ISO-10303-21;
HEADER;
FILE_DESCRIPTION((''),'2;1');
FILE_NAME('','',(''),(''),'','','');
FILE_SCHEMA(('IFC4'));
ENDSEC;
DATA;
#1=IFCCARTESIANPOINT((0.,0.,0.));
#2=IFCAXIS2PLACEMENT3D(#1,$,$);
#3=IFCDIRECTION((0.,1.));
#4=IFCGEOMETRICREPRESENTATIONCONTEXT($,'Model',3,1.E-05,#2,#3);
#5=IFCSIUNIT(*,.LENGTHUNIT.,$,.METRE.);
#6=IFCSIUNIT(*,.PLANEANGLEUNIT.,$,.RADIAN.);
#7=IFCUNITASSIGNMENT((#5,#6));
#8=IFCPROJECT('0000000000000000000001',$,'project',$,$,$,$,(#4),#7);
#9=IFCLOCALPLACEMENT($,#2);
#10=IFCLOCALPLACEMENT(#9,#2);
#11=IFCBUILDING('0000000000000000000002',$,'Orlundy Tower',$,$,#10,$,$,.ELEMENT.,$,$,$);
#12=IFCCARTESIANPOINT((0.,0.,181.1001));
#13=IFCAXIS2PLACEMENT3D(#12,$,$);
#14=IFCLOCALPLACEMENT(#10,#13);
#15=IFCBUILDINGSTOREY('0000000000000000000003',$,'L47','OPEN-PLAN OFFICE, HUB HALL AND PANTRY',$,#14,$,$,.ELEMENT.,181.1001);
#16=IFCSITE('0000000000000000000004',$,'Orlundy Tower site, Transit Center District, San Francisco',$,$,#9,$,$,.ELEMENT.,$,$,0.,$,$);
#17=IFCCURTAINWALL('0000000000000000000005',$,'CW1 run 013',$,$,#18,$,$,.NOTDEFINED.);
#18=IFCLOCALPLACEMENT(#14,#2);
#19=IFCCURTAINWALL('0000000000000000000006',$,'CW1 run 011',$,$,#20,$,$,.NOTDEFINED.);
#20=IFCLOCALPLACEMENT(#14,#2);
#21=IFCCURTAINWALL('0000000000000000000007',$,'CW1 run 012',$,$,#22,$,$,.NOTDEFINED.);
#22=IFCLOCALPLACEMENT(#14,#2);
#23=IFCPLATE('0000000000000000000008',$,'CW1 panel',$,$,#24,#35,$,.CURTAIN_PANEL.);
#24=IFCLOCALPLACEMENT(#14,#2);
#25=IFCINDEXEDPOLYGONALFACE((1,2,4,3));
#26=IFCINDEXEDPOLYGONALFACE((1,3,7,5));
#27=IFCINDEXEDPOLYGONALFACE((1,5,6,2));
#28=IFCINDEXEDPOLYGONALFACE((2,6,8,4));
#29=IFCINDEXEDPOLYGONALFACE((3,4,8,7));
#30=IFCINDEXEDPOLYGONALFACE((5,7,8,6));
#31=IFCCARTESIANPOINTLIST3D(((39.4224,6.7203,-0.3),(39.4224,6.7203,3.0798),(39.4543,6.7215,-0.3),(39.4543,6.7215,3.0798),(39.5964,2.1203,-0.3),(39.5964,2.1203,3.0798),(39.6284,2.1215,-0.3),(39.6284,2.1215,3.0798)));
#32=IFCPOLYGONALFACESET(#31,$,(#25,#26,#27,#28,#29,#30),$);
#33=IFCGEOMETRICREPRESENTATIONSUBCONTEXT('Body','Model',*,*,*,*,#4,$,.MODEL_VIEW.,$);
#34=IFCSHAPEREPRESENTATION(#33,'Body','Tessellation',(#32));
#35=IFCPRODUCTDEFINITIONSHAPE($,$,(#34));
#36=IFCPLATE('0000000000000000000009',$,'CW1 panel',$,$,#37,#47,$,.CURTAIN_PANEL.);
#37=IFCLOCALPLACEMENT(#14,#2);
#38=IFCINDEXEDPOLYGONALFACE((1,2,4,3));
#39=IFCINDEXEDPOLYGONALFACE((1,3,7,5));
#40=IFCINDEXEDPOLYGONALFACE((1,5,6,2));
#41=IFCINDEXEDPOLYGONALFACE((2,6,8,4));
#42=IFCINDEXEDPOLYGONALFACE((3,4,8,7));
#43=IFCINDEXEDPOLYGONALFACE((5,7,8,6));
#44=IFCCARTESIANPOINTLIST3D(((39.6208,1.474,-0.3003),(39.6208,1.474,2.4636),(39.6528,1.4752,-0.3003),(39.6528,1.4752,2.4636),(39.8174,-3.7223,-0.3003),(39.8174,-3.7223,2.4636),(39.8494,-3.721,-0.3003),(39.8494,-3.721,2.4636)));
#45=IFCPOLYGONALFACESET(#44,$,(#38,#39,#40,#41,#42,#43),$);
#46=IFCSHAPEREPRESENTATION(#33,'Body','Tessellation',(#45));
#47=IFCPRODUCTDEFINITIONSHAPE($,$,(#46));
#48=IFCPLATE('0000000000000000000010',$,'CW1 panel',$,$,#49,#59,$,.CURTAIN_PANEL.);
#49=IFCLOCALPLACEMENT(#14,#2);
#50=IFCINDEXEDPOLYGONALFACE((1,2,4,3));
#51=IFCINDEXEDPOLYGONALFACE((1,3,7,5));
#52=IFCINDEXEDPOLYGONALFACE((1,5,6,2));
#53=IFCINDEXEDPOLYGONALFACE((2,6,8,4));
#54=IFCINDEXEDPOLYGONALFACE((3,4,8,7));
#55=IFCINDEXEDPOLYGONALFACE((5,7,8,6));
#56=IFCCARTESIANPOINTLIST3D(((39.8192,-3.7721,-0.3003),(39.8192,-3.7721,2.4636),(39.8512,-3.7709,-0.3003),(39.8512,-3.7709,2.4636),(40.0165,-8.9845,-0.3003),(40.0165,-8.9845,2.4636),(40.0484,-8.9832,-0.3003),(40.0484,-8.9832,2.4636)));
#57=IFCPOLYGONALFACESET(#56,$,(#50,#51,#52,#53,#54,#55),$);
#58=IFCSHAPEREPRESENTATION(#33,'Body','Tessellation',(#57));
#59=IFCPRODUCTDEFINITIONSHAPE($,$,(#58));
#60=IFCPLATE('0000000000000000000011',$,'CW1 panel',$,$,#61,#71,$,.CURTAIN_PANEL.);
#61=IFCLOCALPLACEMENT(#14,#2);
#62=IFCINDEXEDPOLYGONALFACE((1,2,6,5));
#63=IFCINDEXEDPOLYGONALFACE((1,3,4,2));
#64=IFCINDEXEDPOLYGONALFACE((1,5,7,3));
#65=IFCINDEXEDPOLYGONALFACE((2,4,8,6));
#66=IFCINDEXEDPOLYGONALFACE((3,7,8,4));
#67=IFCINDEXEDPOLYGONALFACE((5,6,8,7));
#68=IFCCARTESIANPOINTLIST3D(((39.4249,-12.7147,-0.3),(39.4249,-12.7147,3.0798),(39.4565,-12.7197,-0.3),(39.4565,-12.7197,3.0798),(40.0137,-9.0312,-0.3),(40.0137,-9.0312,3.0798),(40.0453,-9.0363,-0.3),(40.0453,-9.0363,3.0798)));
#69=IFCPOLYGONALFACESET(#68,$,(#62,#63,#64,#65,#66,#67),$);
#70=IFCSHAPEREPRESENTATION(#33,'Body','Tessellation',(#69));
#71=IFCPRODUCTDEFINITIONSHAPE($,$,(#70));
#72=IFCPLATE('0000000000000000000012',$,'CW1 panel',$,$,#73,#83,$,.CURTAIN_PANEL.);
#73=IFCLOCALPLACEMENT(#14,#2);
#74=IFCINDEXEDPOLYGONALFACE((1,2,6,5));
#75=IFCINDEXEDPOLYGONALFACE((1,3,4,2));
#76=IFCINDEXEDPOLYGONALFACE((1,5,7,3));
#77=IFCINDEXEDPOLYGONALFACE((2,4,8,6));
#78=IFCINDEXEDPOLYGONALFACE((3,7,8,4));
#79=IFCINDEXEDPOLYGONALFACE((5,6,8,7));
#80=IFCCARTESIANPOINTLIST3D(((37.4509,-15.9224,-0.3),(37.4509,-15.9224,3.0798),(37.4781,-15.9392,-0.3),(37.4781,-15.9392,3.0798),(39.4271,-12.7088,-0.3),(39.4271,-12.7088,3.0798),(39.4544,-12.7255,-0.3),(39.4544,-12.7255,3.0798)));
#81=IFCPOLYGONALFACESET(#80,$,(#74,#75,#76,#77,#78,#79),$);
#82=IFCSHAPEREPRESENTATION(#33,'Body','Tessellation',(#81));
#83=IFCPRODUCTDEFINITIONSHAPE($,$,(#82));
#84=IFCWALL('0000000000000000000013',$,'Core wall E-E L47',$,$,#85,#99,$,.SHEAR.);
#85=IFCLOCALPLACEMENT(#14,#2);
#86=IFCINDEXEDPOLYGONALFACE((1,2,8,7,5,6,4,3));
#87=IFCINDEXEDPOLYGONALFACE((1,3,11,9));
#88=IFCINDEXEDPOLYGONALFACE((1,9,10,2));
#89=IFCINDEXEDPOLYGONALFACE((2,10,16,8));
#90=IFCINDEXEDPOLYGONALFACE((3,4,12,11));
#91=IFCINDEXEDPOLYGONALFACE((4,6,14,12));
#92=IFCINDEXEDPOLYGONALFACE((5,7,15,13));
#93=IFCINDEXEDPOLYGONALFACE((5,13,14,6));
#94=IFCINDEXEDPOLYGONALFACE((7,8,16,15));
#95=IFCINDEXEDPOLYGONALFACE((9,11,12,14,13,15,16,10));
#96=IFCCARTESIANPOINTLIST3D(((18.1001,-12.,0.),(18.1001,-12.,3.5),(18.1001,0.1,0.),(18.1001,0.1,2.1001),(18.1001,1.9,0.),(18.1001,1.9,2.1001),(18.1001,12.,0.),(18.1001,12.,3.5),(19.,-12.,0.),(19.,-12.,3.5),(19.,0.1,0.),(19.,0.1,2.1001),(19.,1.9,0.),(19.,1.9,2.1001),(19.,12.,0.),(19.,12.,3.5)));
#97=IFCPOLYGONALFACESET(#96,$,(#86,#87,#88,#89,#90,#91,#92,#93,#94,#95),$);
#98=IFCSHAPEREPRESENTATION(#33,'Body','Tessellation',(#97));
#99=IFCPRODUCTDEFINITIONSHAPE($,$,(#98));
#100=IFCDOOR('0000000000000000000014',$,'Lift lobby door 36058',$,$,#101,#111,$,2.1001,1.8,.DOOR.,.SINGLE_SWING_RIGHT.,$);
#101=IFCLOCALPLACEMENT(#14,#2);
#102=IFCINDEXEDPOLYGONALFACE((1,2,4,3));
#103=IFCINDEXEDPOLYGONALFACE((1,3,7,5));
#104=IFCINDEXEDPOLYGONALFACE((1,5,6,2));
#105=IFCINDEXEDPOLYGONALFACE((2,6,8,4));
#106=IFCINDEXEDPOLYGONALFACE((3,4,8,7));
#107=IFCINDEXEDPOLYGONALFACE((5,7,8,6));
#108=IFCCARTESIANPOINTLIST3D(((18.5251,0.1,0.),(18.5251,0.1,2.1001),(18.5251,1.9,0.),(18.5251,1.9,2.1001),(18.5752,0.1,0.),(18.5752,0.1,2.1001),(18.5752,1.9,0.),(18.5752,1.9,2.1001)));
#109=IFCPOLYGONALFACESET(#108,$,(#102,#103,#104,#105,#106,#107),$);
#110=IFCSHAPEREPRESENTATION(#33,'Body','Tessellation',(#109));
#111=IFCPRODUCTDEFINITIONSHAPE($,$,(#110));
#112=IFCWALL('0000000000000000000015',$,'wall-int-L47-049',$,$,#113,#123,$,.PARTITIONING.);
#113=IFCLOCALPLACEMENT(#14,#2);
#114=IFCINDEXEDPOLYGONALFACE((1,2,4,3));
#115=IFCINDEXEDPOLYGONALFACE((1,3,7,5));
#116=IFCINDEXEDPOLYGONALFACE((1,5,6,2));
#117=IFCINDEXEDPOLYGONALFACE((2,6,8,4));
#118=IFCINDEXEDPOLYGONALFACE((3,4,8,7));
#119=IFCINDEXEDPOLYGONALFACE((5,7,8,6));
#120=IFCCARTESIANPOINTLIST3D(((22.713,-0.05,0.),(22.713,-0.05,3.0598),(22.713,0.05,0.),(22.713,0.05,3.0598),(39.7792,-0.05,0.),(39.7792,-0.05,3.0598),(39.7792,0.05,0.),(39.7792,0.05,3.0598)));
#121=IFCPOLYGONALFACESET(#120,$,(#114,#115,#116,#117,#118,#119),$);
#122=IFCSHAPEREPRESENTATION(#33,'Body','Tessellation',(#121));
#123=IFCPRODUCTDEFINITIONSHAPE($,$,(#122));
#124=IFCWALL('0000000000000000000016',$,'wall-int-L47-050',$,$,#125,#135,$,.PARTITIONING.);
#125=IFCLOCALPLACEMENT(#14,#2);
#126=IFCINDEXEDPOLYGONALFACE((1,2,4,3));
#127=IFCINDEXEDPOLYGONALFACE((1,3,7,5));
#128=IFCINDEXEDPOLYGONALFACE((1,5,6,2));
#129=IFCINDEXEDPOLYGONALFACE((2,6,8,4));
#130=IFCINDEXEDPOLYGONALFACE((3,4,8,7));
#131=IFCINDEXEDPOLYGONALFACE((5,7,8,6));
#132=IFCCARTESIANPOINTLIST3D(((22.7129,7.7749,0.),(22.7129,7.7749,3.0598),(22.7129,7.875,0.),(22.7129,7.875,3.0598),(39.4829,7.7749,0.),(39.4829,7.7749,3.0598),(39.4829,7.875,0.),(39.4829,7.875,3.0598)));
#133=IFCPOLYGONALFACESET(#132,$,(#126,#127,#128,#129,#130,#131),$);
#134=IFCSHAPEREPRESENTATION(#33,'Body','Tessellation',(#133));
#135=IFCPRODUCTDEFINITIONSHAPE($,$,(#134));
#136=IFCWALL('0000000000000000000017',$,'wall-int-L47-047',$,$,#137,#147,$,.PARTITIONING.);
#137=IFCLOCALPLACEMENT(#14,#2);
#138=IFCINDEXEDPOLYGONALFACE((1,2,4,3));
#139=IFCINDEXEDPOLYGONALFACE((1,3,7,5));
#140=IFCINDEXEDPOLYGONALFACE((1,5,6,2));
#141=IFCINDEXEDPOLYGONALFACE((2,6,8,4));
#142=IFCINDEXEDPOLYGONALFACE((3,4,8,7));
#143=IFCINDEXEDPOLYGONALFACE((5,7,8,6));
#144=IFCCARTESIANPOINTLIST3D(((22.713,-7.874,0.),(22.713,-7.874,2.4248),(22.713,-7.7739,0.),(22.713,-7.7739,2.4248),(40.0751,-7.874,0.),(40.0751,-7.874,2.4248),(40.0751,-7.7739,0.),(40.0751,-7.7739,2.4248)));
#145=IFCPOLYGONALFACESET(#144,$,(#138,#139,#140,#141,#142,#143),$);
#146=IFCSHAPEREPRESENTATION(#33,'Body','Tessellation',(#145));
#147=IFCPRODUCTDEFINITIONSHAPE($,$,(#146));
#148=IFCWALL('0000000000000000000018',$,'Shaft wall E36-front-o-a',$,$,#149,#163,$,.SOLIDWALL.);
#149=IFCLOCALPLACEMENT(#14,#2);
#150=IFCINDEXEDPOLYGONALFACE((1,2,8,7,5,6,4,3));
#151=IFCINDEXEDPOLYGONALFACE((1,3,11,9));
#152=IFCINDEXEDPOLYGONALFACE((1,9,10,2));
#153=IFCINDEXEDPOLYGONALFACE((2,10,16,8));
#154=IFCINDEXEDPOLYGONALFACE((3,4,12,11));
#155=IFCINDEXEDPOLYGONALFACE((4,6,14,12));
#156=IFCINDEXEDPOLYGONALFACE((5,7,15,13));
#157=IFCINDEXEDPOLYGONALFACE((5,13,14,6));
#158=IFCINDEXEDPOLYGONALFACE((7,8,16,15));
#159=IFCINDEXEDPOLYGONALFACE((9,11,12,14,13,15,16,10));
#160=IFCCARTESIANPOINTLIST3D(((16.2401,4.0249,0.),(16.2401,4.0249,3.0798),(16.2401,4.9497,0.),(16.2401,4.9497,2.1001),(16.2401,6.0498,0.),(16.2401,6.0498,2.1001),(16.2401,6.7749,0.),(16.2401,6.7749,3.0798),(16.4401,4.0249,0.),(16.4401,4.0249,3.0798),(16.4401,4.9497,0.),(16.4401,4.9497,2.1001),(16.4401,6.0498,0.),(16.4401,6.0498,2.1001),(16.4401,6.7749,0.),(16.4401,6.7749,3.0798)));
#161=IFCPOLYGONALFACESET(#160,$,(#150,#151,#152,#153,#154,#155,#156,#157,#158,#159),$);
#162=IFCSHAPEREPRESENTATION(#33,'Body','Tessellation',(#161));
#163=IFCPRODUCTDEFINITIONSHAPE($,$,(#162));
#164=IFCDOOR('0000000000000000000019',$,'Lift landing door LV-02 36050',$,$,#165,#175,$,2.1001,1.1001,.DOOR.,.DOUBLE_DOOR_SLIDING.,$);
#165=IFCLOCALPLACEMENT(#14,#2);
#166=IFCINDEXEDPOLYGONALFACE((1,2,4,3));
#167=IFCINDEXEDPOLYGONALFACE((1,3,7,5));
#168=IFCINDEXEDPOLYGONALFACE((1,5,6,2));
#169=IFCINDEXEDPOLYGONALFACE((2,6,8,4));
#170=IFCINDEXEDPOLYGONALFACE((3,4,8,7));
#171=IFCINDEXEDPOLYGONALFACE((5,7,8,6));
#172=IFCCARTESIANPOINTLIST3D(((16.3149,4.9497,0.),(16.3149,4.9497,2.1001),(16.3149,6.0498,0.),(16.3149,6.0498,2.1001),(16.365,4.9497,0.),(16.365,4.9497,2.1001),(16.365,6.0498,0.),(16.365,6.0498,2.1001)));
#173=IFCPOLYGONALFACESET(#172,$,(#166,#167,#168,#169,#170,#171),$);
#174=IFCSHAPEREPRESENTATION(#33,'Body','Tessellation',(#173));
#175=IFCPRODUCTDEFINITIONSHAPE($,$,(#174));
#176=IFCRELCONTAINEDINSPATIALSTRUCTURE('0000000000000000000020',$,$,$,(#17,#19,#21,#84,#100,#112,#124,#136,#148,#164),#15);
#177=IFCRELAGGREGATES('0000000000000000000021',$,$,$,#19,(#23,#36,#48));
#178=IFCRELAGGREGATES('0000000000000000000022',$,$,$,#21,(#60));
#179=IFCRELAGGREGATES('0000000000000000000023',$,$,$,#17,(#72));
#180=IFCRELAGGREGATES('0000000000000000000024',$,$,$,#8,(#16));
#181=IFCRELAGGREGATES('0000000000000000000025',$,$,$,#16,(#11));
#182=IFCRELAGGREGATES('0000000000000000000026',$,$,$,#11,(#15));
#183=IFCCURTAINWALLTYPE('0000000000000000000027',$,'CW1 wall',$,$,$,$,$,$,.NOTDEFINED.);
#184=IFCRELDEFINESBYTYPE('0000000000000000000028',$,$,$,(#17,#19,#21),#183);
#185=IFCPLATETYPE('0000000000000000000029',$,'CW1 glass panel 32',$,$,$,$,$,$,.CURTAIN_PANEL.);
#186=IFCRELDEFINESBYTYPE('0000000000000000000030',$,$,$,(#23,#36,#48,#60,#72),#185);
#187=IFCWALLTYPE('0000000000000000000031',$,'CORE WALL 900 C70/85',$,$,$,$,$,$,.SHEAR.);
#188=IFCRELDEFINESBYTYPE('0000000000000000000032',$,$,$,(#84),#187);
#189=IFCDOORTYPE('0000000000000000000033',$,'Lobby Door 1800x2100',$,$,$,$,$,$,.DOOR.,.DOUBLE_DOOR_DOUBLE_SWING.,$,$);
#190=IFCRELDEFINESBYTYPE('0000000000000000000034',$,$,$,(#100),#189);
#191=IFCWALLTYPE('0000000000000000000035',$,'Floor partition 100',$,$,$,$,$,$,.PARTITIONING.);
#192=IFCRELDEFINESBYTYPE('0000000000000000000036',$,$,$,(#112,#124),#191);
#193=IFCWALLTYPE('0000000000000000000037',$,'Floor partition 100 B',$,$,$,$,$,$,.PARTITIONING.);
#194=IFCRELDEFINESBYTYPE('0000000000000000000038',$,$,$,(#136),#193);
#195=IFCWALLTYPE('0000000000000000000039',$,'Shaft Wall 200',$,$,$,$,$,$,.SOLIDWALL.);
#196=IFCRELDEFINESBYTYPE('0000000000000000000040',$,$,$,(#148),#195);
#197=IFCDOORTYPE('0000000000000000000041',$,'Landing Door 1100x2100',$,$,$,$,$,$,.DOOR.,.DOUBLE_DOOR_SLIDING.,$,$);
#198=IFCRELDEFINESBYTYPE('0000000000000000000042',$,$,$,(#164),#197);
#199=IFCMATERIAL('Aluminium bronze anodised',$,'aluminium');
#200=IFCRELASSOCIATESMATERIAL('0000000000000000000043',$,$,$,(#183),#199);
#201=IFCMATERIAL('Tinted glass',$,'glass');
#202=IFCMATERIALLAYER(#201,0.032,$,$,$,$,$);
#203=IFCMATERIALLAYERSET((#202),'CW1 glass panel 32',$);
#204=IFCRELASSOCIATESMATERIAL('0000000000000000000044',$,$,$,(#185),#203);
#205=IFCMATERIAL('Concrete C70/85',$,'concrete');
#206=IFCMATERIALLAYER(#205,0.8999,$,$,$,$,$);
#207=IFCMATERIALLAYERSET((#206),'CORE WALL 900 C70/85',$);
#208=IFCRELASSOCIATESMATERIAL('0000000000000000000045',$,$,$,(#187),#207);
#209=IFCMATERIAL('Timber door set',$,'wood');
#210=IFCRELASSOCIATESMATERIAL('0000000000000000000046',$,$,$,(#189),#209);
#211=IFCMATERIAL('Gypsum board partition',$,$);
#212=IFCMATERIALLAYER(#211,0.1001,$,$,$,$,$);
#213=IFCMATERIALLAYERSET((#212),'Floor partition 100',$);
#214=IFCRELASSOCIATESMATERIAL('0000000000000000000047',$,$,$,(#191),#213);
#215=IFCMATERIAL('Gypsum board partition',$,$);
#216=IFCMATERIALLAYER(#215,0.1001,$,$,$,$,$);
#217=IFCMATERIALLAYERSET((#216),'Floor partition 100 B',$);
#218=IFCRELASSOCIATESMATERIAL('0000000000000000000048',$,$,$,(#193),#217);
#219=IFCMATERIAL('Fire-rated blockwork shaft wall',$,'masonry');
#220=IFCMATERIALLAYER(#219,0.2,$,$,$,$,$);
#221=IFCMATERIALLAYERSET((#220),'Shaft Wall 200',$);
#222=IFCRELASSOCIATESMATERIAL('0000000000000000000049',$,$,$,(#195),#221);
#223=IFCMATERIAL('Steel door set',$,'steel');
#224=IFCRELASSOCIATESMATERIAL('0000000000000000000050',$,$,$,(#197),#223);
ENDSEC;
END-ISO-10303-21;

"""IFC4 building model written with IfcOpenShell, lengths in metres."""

from ifc_helpers import new_model, si_unit, direction, frame, frame_2d, origin, origin_2d, place, context, subcontext, project, spatial, rectangle, extrude, material, layer, layer_set, type_object, element, fill, aggregate, save


model = new_model("IFC4")

# Units and contexts
model_context = context("Model", 3, precision=1e-05, world=origin(), true_north=direction((0.0, 1.0)))
body_context = subcontext(model_context, "Body", "Model", "MODEL_VIEW")
ifc_project = project(units=[si_unit("LENGTHUNIT", "METRE"), si_unit("PLANEANGLEUNIT", "RADIAN")], contexts=[model_context])

# Site, building, storey
site_placement = place(None, origin())
site = spatial("IfcSite", under=ifc_project, at=site_placement, Name="Orlundy Tower site, Transit Center District, San Francisco", CompositionType="ELEMENT", RefElevation=0.0)
building_placement = place(site_placement, origin())
building = spatial("IfcBuilding", under=site, at=building_placement, Name="Orlundy Tower", CompositionType="ELEMENT")
storey_placement = place(building_placement, frame((0.0, 0.0, 181.1001)))
storey = spatial("IfcBuildingStorey", under=building, at=storey_placement, Name="L47", Description="OPEN-PLAN OFFICE, HUB HALL AND PANTRY", CompositionType="ELEMENT", Elevation=181.1001)

# Curtain wall
ifc_material_1 = material(Name="Aluminium bronze anodised", Category="aluminium")
curtain_wall_type = type_object("IfcCurtainWallType", Name="CW1 wall", PredefinedType="NOTDEFINED", material=ifc_material_1)
curtain_wall_1_placement = place(storey_placement, origin())
curtain_wall_1 = element("IfcCurtainWall", 1, at=curtain_wall_1_placement, inside=storey, type_object=curtain_wall_type, Name="CW1 run 013", PredefinedType="NOTDEFINED")

# Curtain wall
curtain_wall_2_placement = place(storey_placement, origin())
curtain_wall_2 = element("IfcCurtainWall", 2, at=curtain_wall_2_placement, inside=storey, type_object=curtain_wall_type, Name="CW1 run 011", PredefinedType="NOTDEFINED")

# Curtain wall
curtain_wall_3_placement = place(storey_placement, origin())
curtain_wall_3 = element("IfcCurtainWall", 3, at=curtain_wall_3_placement, inside=storey, type_object=curtain_wall_type, Name="CW1 run 012", PredefinedType="NOTDEFINED")

# Plates
ifc_material_2 = material(Name="Tinted glass", Category="glass")
ifc_layer_1 = layer(ifc_material_2, 0.032)
ifc_layer_set_1 = layer_set([ifc_layer_1], Name="CW1 glass panel 32")
plate_type = type_object("IfcPlateType", Name="CW1 glass panel 32", PredefinedType="CURTAIN_PANEL", material=ifc_layer_set_1)
plate_1_placement = place(storey_placement, frame((39.5254, 4.4209, -0.3), z_axis=(0.0, 0.0, 1.0), x_axis=(0.037809, -0.999285, 0.0)))
plate_1 = element("IfcPlate", 4, at=plate_1_placement, type_object=plate_type, Name="CW1 panel", PredefinedType="CURTAIN_PANEL", context=body_context, shape_type="SweptSolid", body=[
    extrude(rectangle(XDim=4.6033, YDim=0.032, at=origin_2d()), origin(), (0.0, 0.0, 1.0), 3.3799),
])
plate_2_placement = place(storey_placement, frame((39.7351, -1.1235, -0.3003), z_axis=(0.0, 0.0, 1.0), x_axis=(0.037809, -0.999285, 0.0)))
plate_2 = element("IfcPlate", 5, at=plate_2_placement, type_object=plate_type, Name="CW1 panel", PredefinedType="CURTAIN_PANEL", context=body_context, shape_type="SweptSolid", body=[
    extrude(rectangle(XDim=5.2, YDim=0.032, at=origin_2d()), origin(), (0.0, 0.0, 1.0), 2.7639),
])
plate_3_placement = place(storey_placement, frame((39.9338, -6.3777, -0.3003), z_axis=(0.0, 0.0, 1.0), x_axis=(0.037809, -0.999285, 0.0)))
plate_3 = element("IfcPlate", 6, at=plate_3_placement, type_object=plate_type, Name="CW1 panel", PredefinedType="CURTAIN_PANEL", context=body_context, shape_type="SweptSolid", body=[
    extrude(rectangle(XDim=5.2161, YDim=0.032, at=origin_2d()), origin(), (0.0, 0.0, 1.0), 2.7639),
])
aggregate(curtain_wall_2, [plate_1, plate_2, plate_3])
plate_4_placement = place(storey_placement, frame((39.7351, -10.8755, -0.3), z_axis=(0.0, 0.0, 1.0), x_axis=(-0.157833, -0.987466, 0.0)))
plate_4 = element("IfcPlate", 7, at=plate_4_placement, type_object=plate_type, Name="CW1 panel", PredefinedType="CURTAIN_PANEL", context=body_context, shape_type="SweptSolid", body=[
    extrude(rectangle(XDim=3.7302, YDim=0.032, at=origin_2d()), origin(), (0.0, 0.0, 1.0), 3.3799),
])
aggregate(curtain_wall_3, [plate_4])
plate_5_placement = place(storey_placement, frame((38.4526, -14.324, -0.3), z_axis=(0.0, 0.0, 1.0), x_axis=(-0.523827, -0.851825, 0.0)))
plate_5 = element("IfcPlate", 8, at=plate_5_placement, type_object=plate_type, Name="CW1 panel", PredefinedType="CURTAIN_PANEL", context=body_context, shape_type="SweptSolid", body=[
    extrude(rectangle(XDim=3.7727, YDim=0.032, at=origin_2d()), origin(), (0.0, 0.0, 1.0), 3.3799),
])
aggregate(curtain_wall_1, [plate_5])

# Wall, opening, door
ifc_material_3 = material(Name="Concrete C70/85", Category="concrete")
ifc_layer_2 = layer(ifc_material_3, 0.8999)
ifc_layer_set_2 = layer_set([ifc_layer_2], Name="CORE WALL 900 C70/85")
wall_type_1 = type_object("IfcWallType", Name="CORE WALL 900 C70/85", PredefinedType="SHEAR", material=ifc_layer_set_2)
wall_1_placement = place(storey_placement, frame((18.55, -12.0, 0.0), z_axis=(0.0, 0.0, 1.0), x_axis=(0.0, 1.0, 0.0)))
wall_1 = element("IfcWall", 9, at=wall_1_placement, inside=storey, type_object=wall_type_1, Name="Core wall E-E L47", PredefinedType="SHEAR", context=body_context, shape_type="SweptSolid", body=[
    extrude(rectangle(XDim=24.0, YDim=0.8999, at=frame_2d((12.0, 0.0))), origin(), (0.0, 0.0, 1.0), 3.5),
])
opening_1_placement = place(wall_1_placement, frame((12.1001, 0.0, 0.0)))
opening_1 = element("IfcOpeningElement", 10, at=opening_1_placement, cuts=wall_1, PredefinedType="OPENING", context=body_context, shape_type="SweptSolid", body=[
    extrude(rectangle(XDim=1.8, YDim=2.1001, at=frame_2d((0.8999, 1.05))), frame((0.0, 0.46, 0.0), z_axis=(0.0, -1.0, 0.0), x_axis=(1.0, 0.0, 0.0)), (0.0, 0.0, 1.0), 0.9199),
])
ifc_material_4 = material(Name="Timber door set", Category="wood")
door_type_1 = type_object("IfcDoorType", Name="Lobby Door 1800x2100", OperationType="DOUBLE_DOOR_DOUBLE_SWING", PredefinedType="DOOR", material=ifc_material_4)
door_1_placement = place(opening_1_placement, origin())
door_1 = element("IfcDoor", 11, at=door_1_placement, inside=storey, type_object=door_type_1, Name="Lift lobby door 36058", OperationType="SINGLE_SWING_RIGHT", OverallHeight=2.1001, OverallWidth=1.8, PredefinedType="DOOR", context=body_context, shape_type="SweptSolid", body=[
    extrude(rectangle(XDim=1.8, YDim=2.1001, at=frame_2d((0.8999, 1.05))), frame((0.0, 0.0249, 0.0), z_axis=(0.0, -1.0, 0.0), x_axis=(1.0, 0.0, 0.0)), (0.0, 0.0, 1.0), 0.05),
])
fill(opening_1, door_1)

# Walls
ifc_material_5 = material(Name="Gypsum board partition")
ifc_layer_3 = layer(ifc_material_5, 0.1001)
ifc_layer_set_3 = layer_set([ifc_layer_3], Name="Floor partition 100")
wall_type_2 = type_object("IfcWallType", Name="Floor partition 100", PredefinedType="PARTITIONING", material=ifc_layer_set_3)
wall_2_placement = place(storey_placement, frame((22.7129, 0.0, 0.0), z_axis=(0.0, 0.0, 1.0), x_axis=(1.0, 0.0, 0.0)))
element("IfcWall", 12, at=wall_2_placement, inside=storey, type_object=wall_type_2, Name="wall-int-L47-049", PredefinedType="PARTITIONING", context=body_context, shape_type="SweptSolid", body=[
    extrude(rectangle(XDim=17.0662, YDim=0.1001, at=frame_2d((8.5332, 0.0))), origin(), (0.0, 0.0, 1.0), 3.0598),
])
wall_3_placement = place(storey_placement, frame((22.7129, 7.825, 0.0), z_axis=(0.0, 0.0, 1.0), x_axis=(1.0, 0.0, 0.0)))
element("IfcWall", 13, at=wall_3_placement, inside=storey, type_object=wall_type_2, Name="wall-int-L47-050", PredefinedType="PARTITIONING", context=body_context, shape_type="SweptSolid", body=[
    extrude(rectangle(XDim=16.77, YDim=0.1001, at=frame_2d((8.385, 0.0))), origin(), (0.0, 0.0, 1.0), 3.0598),
])
ifc_material_6 = material(Name="Gypsum board partition")
ifc_layer_4 = layer(ifc_material_6, 0.1001)
ifc_layer_set_4 = layer_set([ifc_layer_4], Name="Floor partition 100 B")
wall_type_3 = type_object("IfcWallType", Name="Floor partition 100 B", PredefinedType="PARTITIONING", material=ifc_layer_set_4)
wall_4_placement = place(storey_placement, frame((22.7129, -7.824, 0.0), z_axis=(0.0, 0.0, 1.0), x_axis=(1.0, 0.0, 0.0)))
element("IfcWall", 14, at=wall_4_placement, inside=storey, type_object=wall_type_3, Name="wall-int-L47-047", PredefinedType="PARTITIONING", context=body_context, shape_type="SweptSolid", body=[
    extrude(rectangle(XDim=17.3621, YDim=0.1001, at=frame_2d((8.6812, 0.0))), origin(), (0.0, 0.0, 1.0), 2.4248),
])

# Wall, opening, door
ifc_material_7 = material(Name="Fire-rated blockwork shaft wall", Category="masonry")
ifc_layer_5 = layer(ifc_material_7, 0.2)
ifc_layer_set_5 = layer_set([ifc_layer_5], Name="Shaft Wall 200")
wall_type_4 = type_object("IfcWallType", Name="Shaft Wall 200", PredefinedType="SOLIDWALL", material=ifc_layer_set_5)
wall_5_placement = place(storey_placement, frame((16.3401, 6.7749, 0.0), z_axis=(0.0, 0.0, 1.0), x_axis=(0.0, -1.0, 0.0)))
wall_5 = element("IfcWall", 15, at=wall_5_placement, inside=storey, type_object=wall_type_4, Name="Shaft wall E36-front-o-a", PredefinedType="SOLIDWALL", context=body_context, shape_type="SweptSolid", body=[
    extrude(rectangle(XDim=2.75, YDim=0.2, at=frame_2d((1.375, 0.0))), origin(), (0.0, 0.0, 1.0), 3.0798),
])
opening_2_placement = place(wall_5_placement, frame((0.7251, 0.0, 0.0)))
opening_2 = element("IfcOpeningElement", 16, at=opening_2_placement, cuts=wall_5, PredefinedType="OPENING", context=body_context, shape_type="SweptSolid", body=[
    extrude(rectangle(XDim=1.1001, YDim=2.1001, at=frame_2d((0.55, 1.05))), frame((0.0, 0.1101, 0.0), z_axis=(0.0, -1.0, 0.0), x_axis=(1.0, 0.0, 0.0)), (0.0, 0.0, 1.0), 0.2202),
])
ifc_material_8 = material(Name="Steel door set", Category="steel")
door_type_2 = type_object("IfcDoorType", Name="Landing Door 1100x2100", OperationType="DOUBLE_DOOR_SLIDING", PredefinedType="DOOR", material=ifc_material_8)
door_2_placement = place(opening_2_placement, origin())
door_2 = element("IfcDoor", 17, at=door_2_placement, inside=storey, type_object=door_type_2, Name="Lift landing door LV-02 36050", OperationType="DOUBLE_DOOR_SLIDING", OverallHeight=2.1001, OverallWidth=1.1001, PredefinedType="DOOR", context=body_context, shape_type="SweptSolid", body=[
    extrude(rectangle(XDim=1.1001, YDim=2.1001, at=frame_2d((0.55, 1.05))), frame((0.0, 0.0249, 0.0), z_axis=(0.0, -1.0, 0.0), x_axis=(1.0, 0.0, 0.0)), (0.0, 0.0, 1.0), 0.05),
])
fill(opening_2, door_2)

save(model, "model.ifc")
